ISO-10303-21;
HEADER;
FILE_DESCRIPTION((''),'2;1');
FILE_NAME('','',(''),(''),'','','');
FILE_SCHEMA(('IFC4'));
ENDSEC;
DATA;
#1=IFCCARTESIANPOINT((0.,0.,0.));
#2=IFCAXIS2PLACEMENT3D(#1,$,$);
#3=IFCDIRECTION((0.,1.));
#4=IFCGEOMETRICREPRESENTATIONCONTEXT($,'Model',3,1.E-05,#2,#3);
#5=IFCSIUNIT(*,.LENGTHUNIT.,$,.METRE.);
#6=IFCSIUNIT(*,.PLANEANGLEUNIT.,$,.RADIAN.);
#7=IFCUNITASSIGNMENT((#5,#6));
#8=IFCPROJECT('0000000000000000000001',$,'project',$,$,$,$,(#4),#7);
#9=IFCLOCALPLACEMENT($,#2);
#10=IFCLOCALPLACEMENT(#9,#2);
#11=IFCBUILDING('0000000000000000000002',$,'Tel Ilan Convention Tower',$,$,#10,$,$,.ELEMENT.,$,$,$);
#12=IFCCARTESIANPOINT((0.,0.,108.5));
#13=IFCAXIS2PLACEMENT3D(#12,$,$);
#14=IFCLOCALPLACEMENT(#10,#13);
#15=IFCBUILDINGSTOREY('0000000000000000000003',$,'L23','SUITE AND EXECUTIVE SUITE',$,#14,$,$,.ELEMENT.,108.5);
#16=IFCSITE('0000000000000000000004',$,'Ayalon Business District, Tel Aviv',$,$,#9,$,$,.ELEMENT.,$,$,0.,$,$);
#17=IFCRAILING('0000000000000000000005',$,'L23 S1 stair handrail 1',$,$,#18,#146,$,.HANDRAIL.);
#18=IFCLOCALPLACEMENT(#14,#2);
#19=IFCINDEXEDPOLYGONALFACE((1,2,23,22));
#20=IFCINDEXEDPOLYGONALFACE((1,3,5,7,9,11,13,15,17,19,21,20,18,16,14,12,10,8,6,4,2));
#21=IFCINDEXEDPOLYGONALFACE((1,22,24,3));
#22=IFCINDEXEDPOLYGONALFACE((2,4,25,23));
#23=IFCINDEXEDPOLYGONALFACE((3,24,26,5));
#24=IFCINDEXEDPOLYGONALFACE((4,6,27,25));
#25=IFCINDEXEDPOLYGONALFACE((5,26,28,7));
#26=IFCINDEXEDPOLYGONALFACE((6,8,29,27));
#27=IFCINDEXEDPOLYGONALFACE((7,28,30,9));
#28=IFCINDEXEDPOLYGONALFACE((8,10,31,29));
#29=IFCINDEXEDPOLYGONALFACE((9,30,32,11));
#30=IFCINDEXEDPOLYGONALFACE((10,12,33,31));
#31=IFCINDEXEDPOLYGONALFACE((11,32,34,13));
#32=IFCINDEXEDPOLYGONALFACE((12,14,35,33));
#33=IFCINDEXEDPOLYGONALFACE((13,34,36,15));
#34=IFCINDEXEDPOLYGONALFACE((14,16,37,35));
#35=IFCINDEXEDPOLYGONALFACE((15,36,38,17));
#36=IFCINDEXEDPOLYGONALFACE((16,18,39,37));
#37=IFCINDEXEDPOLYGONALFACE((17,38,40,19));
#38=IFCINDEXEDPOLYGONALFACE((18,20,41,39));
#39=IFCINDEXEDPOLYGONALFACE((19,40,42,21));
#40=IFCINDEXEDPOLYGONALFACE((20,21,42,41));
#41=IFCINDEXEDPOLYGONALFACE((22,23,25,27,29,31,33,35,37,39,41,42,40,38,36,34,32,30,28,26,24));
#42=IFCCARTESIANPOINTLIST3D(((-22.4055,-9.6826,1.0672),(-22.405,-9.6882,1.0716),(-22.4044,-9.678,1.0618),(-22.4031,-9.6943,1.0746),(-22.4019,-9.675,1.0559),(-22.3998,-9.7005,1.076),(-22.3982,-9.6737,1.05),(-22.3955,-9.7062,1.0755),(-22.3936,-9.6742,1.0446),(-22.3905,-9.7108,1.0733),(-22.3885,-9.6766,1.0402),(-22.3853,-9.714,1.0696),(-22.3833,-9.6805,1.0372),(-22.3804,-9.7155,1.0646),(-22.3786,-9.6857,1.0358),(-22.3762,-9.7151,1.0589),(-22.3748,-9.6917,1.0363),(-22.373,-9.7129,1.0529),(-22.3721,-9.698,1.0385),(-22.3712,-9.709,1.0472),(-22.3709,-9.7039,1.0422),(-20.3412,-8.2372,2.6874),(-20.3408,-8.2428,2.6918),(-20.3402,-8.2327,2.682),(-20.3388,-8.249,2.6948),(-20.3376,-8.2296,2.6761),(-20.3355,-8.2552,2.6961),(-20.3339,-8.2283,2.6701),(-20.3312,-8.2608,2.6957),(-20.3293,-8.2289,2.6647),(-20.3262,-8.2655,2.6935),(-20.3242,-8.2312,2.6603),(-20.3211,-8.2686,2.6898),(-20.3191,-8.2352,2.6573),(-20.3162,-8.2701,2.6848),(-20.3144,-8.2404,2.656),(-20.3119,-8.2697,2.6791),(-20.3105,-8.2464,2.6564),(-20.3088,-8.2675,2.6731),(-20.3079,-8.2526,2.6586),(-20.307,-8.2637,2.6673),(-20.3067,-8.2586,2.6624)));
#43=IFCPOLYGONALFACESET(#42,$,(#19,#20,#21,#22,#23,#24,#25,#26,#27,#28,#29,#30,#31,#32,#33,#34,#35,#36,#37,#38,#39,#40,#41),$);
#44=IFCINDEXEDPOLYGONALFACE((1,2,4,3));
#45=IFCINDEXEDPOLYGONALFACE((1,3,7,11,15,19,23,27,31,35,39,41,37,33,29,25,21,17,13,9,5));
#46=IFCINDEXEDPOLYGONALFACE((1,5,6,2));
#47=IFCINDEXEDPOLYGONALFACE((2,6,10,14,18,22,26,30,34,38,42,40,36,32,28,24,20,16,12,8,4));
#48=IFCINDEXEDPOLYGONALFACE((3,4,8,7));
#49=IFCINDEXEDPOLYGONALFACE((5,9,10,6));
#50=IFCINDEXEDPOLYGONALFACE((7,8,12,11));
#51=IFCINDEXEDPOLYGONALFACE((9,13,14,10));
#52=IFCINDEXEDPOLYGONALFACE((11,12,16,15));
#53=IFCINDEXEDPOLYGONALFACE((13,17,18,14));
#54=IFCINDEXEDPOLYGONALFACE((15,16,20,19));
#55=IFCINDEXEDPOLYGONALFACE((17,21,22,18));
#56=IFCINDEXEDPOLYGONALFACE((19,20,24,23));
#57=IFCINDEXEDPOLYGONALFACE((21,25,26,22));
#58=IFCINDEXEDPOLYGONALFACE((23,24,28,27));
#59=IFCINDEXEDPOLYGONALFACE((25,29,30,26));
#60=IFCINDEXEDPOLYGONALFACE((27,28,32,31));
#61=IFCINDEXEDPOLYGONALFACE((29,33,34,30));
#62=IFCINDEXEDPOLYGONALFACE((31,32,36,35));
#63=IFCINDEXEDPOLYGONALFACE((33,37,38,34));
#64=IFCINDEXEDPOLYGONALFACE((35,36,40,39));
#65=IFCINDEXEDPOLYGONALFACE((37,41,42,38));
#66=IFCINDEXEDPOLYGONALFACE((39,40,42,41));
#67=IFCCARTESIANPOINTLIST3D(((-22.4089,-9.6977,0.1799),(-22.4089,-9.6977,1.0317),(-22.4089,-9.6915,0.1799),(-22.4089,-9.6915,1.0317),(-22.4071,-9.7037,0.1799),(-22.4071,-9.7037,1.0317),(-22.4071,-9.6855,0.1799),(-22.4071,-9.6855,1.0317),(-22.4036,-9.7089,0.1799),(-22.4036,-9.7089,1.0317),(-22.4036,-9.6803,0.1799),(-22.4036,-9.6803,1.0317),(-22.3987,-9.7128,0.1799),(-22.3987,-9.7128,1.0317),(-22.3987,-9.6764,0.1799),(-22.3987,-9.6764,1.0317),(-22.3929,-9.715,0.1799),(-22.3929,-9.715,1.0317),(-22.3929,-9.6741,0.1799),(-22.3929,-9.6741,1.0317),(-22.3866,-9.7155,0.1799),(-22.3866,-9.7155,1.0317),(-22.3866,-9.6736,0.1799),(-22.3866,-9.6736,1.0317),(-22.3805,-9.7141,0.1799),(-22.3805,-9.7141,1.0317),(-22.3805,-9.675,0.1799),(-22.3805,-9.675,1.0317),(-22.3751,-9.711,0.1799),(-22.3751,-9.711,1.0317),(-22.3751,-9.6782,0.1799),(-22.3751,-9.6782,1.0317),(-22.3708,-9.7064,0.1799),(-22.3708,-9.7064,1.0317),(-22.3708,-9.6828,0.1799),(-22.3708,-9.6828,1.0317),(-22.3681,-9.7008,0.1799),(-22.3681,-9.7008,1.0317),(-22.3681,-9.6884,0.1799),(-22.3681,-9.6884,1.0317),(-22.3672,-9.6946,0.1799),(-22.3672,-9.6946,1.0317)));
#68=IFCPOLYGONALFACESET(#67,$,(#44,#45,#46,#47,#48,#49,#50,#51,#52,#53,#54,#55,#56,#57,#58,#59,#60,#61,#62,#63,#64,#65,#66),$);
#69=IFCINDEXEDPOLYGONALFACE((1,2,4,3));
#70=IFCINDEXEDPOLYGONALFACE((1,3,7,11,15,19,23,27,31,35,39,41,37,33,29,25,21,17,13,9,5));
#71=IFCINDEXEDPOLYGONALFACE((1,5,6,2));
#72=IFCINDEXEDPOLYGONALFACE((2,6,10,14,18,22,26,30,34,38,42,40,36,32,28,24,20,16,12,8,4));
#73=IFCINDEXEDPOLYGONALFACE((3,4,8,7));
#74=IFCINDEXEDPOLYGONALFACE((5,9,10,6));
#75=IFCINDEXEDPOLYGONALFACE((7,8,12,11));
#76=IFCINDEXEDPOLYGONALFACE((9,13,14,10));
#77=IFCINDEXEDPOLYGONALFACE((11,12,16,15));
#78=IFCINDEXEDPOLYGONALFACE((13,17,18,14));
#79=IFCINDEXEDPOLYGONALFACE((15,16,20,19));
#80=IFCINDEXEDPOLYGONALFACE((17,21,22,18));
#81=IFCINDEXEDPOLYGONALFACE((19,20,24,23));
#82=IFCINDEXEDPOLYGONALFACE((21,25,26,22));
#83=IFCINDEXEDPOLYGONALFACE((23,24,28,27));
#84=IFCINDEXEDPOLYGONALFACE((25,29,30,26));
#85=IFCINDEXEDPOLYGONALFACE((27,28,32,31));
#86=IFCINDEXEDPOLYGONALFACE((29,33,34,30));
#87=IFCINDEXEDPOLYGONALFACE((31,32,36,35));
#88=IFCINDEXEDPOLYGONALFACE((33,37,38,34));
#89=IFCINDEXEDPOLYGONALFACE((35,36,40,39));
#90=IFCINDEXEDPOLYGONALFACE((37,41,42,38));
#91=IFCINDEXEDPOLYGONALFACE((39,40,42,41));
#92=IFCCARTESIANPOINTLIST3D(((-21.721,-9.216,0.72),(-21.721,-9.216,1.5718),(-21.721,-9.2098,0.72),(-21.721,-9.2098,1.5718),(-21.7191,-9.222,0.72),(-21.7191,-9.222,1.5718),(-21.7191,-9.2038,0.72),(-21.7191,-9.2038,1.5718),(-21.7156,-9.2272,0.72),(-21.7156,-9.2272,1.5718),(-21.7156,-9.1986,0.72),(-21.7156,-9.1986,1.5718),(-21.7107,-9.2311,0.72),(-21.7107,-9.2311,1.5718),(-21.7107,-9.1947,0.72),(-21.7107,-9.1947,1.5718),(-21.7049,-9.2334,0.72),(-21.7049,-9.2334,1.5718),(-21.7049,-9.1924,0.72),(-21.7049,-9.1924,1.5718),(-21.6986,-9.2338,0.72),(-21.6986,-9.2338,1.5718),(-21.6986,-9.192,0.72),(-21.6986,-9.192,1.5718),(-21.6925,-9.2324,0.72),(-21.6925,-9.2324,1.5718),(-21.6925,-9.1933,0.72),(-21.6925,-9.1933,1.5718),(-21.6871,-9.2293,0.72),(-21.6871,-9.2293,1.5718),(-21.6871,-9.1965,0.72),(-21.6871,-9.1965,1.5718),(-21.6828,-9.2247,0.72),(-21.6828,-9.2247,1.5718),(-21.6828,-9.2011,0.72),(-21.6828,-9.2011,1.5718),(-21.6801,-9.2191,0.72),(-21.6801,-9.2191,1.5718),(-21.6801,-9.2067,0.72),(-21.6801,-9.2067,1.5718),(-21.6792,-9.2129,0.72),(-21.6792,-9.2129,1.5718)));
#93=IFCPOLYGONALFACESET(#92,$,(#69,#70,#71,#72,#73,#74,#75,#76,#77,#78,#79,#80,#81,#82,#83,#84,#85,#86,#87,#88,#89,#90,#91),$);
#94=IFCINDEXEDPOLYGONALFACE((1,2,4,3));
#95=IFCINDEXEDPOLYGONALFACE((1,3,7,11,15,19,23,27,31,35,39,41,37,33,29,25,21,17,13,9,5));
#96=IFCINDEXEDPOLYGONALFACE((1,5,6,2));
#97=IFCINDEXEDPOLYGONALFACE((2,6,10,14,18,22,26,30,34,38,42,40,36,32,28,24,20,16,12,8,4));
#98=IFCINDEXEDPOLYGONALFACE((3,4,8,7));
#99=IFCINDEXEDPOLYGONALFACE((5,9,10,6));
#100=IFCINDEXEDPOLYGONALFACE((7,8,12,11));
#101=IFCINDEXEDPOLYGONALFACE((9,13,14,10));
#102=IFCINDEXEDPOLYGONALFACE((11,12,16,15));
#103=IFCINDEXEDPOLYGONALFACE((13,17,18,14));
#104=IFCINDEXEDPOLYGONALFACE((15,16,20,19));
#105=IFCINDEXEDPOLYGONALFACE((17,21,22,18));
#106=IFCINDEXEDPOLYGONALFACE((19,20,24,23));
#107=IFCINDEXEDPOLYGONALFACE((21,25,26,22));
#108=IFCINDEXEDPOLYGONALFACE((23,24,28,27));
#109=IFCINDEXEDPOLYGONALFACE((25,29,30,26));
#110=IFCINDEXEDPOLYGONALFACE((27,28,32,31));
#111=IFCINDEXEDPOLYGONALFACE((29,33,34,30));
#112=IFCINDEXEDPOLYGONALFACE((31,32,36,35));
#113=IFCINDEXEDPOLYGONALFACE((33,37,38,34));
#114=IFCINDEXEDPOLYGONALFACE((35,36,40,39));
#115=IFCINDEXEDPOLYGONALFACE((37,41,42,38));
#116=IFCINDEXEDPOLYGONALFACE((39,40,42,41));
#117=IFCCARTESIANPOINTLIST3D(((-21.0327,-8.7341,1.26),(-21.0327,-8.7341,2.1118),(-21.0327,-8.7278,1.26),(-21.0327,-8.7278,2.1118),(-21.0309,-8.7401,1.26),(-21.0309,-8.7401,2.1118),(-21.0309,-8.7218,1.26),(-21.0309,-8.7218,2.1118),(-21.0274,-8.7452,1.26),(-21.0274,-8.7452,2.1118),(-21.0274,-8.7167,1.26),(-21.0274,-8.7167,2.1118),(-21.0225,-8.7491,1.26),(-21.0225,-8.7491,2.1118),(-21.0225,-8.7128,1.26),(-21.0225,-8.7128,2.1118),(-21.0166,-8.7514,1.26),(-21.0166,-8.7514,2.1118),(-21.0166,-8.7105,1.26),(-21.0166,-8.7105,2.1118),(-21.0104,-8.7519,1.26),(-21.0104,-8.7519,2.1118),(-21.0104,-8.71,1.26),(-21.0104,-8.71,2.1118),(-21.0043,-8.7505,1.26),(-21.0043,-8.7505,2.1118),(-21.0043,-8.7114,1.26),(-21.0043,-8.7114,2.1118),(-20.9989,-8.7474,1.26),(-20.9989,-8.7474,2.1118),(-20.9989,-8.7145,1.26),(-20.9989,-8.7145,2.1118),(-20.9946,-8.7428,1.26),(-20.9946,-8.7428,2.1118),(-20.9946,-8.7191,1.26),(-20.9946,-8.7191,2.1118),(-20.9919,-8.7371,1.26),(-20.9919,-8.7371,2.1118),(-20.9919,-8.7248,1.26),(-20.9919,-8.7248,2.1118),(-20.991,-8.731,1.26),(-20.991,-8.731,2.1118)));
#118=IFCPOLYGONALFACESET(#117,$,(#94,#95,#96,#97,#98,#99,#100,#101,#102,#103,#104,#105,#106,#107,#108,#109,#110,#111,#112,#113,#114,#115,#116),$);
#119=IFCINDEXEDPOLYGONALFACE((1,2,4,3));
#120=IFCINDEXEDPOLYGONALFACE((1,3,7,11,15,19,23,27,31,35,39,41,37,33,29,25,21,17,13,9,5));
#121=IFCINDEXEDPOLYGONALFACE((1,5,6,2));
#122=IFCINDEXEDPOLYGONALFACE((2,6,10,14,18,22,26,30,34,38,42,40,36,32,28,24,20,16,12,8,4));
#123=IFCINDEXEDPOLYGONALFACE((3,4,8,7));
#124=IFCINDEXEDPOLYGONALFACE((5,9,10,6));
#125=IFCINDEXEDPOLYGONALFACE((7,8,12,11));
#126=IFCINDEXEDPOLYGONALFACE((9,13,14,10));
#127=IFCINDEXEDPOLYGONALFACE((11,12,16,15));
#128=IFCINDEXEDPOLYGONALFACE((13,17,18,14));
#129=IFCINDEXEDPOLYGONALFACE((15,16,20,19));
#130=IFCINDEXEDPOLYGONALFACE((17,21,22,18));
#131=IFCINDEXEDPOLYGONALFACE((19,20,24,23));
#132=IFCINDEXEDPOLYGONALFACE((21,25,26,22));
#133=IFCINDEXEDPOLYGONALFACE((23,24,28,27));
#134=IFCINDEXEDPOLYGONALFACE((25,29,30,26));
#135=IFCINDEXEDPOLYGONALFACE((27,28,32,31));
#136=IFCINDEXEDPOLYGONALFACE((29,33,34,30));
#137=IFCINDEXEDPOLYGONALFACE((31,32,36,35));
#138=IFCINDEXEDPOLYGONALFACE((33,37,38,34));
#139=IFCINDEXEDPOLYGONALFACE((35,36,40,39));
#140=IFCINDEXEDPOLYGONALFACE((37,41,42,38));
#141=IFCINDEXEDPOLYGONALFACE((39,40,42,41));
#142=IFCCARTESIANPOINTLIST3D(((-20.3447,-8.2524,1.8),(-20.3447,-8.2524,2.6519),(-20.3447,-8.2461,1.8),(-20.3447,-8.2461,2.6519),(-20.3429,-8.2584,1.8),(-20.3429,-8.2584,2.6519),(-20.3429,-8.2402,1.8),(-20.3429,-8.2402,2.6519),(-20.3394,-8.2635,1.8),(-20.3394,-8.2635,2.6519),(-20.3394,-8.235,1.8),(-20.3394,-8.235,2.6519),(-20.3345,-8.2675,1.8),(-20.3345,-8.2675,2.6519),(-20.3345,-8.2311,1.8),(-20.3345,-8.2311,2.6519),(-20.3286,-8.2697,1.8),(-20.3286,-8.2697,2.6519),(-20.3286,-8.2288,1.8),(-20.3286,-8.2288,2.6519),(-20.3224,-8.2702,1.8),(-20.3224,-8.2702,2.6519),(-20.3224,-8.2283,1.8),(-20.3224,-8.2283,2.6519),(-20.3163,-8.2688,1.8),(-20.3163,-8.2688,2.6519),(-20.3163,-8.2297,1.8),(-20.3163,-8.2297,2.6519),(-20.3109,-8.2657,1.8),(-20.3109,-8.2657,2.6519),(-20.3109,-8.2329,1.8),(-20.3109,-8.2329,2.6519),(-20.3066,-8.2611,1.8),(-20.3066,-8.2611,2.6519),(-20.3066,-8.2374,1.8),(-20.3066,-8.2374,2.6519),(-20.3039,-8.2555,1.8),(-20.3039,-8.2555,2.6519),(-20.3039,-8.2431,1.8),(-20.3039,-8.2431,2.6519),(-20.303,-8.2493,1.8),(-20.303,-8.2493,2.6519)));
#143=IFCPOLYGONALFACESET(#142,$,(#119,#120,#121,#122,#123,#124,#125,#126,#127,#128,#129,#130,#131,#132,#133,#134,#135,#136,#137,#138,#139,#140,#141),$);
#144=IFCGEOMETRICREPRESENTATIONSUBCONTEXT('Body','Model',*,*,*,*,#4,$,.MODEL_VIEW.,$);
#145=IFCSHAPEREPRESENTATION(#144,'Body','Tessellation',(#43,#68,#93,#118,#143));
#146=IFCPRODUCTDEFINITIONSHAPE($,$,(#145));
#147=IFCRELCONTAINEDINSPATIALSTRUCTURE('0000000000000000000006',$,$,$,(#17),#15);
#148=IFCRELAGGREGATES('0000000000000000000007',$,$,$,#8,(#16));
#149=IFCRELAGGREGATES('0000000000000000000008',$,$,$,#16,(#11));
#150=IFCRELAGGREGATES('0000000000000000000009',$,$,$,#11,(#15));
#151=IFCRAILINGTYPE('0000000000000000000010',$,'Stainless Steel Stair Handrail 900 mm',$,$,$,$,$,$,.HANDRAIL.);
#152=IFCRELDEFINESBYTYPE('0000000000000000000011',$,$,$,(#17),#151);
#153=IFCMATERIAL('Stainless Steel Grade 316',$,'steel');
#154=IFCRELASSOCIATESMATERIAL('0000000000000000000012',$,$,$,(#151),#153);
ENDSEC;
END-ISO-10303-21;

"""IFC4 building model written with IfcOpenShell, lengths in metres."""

from ifc_helpers import new_model, si_unit, direction, frame, origin, origin_2d, place, context, subcontext, project, spatial, circle, extrude, material, type_object, element, save


model = new_model("IFC4")

# Units and contexts
model_context = context("Model", 3, precision=1e-05, world=origin(), true_north=direction((0.0, 1.0)))
body_context = subcontext(model_context, "Body", "Model", "MODEL_VIEW")
ifc_project = project(units=[si_unit("LENGTHUNIT", "METRE"), si_unit("PLANEANGLEUNIT", "RADIAN")], contexts=[model_context])

# Site, building, storey
site_placement = place(None, origin())
site = spatial("IfcSite", under=ifc_project, at=site_placement, Name="Ayalon Business District, Tel Aviv", CompositionType="ELEMENT", RefElevation=0.0)
building_placement = place(site_placement, origin())
building = spatial("IfcBuilding", under=site, at=building_placement, Name="Tel Ilan Convention Tower", CompositionType="ELEMENT")
storey_placement = place(building_placement, frame((0.0, 0.0, 108.5)))
storey = spatial("IfcBuildingStorey", under=building, at=storey_placement, Name="L23", Description="SUITE AND EXECUTIVE SUITE", CompositionType="ELEMENT", Elevation=108.5)

# Railing
ifc_material_1 = material(Name="Stainless Steel Grade 316", Category="steel")
railing_type_1 = type_object("IfcRailingType", Name="Stainless Steel Stair Handrail 900 mm", PredefinedType="HANDRAIL", material=ifc_material_1)
railing_1_placement = place(storey_placement, frame((-22.3882, -9.6946, 0.1799)))
element("IfcRailing", 1, at=railing_1_placement, inside=storey, type_object=railing_type_1, Name="L23 S1 stair handrail 1", PredefinedType="HANDRAIL", context=body_context, shape_type="SweptSolid", body=[
    extrude(circle(Radius=0.0239, at=origin_2d()), frame((0.0, 0.0, 0.876), z_axis=(0.68904, 0.48245, 0.540801), x_axis=(-0.57356, 0.819164, 0.0)), (0.0, 0.0, 1.0), 2.9958),
    extrude(circle(Radius=0.021, at=origin_2d()), origin(), (0.0, 0.0, 1.0), 0.8518),
    extrude(circle(Radius=0.021, at=origin_2d()), frame((0.688, 0.4817, 0.54)), (0.0, 0.0, 1.0), 0.8518),
    extrude(circle(Radius=0.021, at=origin_2d()), frame((1.3762, 0.9636, 1.0801)), (0.0, 0.0, 1.0), 0.8518),
    extrude(circle(Radius=0.021, at=origin_2d()), frame((2.0642, 1.4453, 1.6201)), (0.0, 0.0, 1.0), 0.8518),
])

save(model, "model.ifc")
